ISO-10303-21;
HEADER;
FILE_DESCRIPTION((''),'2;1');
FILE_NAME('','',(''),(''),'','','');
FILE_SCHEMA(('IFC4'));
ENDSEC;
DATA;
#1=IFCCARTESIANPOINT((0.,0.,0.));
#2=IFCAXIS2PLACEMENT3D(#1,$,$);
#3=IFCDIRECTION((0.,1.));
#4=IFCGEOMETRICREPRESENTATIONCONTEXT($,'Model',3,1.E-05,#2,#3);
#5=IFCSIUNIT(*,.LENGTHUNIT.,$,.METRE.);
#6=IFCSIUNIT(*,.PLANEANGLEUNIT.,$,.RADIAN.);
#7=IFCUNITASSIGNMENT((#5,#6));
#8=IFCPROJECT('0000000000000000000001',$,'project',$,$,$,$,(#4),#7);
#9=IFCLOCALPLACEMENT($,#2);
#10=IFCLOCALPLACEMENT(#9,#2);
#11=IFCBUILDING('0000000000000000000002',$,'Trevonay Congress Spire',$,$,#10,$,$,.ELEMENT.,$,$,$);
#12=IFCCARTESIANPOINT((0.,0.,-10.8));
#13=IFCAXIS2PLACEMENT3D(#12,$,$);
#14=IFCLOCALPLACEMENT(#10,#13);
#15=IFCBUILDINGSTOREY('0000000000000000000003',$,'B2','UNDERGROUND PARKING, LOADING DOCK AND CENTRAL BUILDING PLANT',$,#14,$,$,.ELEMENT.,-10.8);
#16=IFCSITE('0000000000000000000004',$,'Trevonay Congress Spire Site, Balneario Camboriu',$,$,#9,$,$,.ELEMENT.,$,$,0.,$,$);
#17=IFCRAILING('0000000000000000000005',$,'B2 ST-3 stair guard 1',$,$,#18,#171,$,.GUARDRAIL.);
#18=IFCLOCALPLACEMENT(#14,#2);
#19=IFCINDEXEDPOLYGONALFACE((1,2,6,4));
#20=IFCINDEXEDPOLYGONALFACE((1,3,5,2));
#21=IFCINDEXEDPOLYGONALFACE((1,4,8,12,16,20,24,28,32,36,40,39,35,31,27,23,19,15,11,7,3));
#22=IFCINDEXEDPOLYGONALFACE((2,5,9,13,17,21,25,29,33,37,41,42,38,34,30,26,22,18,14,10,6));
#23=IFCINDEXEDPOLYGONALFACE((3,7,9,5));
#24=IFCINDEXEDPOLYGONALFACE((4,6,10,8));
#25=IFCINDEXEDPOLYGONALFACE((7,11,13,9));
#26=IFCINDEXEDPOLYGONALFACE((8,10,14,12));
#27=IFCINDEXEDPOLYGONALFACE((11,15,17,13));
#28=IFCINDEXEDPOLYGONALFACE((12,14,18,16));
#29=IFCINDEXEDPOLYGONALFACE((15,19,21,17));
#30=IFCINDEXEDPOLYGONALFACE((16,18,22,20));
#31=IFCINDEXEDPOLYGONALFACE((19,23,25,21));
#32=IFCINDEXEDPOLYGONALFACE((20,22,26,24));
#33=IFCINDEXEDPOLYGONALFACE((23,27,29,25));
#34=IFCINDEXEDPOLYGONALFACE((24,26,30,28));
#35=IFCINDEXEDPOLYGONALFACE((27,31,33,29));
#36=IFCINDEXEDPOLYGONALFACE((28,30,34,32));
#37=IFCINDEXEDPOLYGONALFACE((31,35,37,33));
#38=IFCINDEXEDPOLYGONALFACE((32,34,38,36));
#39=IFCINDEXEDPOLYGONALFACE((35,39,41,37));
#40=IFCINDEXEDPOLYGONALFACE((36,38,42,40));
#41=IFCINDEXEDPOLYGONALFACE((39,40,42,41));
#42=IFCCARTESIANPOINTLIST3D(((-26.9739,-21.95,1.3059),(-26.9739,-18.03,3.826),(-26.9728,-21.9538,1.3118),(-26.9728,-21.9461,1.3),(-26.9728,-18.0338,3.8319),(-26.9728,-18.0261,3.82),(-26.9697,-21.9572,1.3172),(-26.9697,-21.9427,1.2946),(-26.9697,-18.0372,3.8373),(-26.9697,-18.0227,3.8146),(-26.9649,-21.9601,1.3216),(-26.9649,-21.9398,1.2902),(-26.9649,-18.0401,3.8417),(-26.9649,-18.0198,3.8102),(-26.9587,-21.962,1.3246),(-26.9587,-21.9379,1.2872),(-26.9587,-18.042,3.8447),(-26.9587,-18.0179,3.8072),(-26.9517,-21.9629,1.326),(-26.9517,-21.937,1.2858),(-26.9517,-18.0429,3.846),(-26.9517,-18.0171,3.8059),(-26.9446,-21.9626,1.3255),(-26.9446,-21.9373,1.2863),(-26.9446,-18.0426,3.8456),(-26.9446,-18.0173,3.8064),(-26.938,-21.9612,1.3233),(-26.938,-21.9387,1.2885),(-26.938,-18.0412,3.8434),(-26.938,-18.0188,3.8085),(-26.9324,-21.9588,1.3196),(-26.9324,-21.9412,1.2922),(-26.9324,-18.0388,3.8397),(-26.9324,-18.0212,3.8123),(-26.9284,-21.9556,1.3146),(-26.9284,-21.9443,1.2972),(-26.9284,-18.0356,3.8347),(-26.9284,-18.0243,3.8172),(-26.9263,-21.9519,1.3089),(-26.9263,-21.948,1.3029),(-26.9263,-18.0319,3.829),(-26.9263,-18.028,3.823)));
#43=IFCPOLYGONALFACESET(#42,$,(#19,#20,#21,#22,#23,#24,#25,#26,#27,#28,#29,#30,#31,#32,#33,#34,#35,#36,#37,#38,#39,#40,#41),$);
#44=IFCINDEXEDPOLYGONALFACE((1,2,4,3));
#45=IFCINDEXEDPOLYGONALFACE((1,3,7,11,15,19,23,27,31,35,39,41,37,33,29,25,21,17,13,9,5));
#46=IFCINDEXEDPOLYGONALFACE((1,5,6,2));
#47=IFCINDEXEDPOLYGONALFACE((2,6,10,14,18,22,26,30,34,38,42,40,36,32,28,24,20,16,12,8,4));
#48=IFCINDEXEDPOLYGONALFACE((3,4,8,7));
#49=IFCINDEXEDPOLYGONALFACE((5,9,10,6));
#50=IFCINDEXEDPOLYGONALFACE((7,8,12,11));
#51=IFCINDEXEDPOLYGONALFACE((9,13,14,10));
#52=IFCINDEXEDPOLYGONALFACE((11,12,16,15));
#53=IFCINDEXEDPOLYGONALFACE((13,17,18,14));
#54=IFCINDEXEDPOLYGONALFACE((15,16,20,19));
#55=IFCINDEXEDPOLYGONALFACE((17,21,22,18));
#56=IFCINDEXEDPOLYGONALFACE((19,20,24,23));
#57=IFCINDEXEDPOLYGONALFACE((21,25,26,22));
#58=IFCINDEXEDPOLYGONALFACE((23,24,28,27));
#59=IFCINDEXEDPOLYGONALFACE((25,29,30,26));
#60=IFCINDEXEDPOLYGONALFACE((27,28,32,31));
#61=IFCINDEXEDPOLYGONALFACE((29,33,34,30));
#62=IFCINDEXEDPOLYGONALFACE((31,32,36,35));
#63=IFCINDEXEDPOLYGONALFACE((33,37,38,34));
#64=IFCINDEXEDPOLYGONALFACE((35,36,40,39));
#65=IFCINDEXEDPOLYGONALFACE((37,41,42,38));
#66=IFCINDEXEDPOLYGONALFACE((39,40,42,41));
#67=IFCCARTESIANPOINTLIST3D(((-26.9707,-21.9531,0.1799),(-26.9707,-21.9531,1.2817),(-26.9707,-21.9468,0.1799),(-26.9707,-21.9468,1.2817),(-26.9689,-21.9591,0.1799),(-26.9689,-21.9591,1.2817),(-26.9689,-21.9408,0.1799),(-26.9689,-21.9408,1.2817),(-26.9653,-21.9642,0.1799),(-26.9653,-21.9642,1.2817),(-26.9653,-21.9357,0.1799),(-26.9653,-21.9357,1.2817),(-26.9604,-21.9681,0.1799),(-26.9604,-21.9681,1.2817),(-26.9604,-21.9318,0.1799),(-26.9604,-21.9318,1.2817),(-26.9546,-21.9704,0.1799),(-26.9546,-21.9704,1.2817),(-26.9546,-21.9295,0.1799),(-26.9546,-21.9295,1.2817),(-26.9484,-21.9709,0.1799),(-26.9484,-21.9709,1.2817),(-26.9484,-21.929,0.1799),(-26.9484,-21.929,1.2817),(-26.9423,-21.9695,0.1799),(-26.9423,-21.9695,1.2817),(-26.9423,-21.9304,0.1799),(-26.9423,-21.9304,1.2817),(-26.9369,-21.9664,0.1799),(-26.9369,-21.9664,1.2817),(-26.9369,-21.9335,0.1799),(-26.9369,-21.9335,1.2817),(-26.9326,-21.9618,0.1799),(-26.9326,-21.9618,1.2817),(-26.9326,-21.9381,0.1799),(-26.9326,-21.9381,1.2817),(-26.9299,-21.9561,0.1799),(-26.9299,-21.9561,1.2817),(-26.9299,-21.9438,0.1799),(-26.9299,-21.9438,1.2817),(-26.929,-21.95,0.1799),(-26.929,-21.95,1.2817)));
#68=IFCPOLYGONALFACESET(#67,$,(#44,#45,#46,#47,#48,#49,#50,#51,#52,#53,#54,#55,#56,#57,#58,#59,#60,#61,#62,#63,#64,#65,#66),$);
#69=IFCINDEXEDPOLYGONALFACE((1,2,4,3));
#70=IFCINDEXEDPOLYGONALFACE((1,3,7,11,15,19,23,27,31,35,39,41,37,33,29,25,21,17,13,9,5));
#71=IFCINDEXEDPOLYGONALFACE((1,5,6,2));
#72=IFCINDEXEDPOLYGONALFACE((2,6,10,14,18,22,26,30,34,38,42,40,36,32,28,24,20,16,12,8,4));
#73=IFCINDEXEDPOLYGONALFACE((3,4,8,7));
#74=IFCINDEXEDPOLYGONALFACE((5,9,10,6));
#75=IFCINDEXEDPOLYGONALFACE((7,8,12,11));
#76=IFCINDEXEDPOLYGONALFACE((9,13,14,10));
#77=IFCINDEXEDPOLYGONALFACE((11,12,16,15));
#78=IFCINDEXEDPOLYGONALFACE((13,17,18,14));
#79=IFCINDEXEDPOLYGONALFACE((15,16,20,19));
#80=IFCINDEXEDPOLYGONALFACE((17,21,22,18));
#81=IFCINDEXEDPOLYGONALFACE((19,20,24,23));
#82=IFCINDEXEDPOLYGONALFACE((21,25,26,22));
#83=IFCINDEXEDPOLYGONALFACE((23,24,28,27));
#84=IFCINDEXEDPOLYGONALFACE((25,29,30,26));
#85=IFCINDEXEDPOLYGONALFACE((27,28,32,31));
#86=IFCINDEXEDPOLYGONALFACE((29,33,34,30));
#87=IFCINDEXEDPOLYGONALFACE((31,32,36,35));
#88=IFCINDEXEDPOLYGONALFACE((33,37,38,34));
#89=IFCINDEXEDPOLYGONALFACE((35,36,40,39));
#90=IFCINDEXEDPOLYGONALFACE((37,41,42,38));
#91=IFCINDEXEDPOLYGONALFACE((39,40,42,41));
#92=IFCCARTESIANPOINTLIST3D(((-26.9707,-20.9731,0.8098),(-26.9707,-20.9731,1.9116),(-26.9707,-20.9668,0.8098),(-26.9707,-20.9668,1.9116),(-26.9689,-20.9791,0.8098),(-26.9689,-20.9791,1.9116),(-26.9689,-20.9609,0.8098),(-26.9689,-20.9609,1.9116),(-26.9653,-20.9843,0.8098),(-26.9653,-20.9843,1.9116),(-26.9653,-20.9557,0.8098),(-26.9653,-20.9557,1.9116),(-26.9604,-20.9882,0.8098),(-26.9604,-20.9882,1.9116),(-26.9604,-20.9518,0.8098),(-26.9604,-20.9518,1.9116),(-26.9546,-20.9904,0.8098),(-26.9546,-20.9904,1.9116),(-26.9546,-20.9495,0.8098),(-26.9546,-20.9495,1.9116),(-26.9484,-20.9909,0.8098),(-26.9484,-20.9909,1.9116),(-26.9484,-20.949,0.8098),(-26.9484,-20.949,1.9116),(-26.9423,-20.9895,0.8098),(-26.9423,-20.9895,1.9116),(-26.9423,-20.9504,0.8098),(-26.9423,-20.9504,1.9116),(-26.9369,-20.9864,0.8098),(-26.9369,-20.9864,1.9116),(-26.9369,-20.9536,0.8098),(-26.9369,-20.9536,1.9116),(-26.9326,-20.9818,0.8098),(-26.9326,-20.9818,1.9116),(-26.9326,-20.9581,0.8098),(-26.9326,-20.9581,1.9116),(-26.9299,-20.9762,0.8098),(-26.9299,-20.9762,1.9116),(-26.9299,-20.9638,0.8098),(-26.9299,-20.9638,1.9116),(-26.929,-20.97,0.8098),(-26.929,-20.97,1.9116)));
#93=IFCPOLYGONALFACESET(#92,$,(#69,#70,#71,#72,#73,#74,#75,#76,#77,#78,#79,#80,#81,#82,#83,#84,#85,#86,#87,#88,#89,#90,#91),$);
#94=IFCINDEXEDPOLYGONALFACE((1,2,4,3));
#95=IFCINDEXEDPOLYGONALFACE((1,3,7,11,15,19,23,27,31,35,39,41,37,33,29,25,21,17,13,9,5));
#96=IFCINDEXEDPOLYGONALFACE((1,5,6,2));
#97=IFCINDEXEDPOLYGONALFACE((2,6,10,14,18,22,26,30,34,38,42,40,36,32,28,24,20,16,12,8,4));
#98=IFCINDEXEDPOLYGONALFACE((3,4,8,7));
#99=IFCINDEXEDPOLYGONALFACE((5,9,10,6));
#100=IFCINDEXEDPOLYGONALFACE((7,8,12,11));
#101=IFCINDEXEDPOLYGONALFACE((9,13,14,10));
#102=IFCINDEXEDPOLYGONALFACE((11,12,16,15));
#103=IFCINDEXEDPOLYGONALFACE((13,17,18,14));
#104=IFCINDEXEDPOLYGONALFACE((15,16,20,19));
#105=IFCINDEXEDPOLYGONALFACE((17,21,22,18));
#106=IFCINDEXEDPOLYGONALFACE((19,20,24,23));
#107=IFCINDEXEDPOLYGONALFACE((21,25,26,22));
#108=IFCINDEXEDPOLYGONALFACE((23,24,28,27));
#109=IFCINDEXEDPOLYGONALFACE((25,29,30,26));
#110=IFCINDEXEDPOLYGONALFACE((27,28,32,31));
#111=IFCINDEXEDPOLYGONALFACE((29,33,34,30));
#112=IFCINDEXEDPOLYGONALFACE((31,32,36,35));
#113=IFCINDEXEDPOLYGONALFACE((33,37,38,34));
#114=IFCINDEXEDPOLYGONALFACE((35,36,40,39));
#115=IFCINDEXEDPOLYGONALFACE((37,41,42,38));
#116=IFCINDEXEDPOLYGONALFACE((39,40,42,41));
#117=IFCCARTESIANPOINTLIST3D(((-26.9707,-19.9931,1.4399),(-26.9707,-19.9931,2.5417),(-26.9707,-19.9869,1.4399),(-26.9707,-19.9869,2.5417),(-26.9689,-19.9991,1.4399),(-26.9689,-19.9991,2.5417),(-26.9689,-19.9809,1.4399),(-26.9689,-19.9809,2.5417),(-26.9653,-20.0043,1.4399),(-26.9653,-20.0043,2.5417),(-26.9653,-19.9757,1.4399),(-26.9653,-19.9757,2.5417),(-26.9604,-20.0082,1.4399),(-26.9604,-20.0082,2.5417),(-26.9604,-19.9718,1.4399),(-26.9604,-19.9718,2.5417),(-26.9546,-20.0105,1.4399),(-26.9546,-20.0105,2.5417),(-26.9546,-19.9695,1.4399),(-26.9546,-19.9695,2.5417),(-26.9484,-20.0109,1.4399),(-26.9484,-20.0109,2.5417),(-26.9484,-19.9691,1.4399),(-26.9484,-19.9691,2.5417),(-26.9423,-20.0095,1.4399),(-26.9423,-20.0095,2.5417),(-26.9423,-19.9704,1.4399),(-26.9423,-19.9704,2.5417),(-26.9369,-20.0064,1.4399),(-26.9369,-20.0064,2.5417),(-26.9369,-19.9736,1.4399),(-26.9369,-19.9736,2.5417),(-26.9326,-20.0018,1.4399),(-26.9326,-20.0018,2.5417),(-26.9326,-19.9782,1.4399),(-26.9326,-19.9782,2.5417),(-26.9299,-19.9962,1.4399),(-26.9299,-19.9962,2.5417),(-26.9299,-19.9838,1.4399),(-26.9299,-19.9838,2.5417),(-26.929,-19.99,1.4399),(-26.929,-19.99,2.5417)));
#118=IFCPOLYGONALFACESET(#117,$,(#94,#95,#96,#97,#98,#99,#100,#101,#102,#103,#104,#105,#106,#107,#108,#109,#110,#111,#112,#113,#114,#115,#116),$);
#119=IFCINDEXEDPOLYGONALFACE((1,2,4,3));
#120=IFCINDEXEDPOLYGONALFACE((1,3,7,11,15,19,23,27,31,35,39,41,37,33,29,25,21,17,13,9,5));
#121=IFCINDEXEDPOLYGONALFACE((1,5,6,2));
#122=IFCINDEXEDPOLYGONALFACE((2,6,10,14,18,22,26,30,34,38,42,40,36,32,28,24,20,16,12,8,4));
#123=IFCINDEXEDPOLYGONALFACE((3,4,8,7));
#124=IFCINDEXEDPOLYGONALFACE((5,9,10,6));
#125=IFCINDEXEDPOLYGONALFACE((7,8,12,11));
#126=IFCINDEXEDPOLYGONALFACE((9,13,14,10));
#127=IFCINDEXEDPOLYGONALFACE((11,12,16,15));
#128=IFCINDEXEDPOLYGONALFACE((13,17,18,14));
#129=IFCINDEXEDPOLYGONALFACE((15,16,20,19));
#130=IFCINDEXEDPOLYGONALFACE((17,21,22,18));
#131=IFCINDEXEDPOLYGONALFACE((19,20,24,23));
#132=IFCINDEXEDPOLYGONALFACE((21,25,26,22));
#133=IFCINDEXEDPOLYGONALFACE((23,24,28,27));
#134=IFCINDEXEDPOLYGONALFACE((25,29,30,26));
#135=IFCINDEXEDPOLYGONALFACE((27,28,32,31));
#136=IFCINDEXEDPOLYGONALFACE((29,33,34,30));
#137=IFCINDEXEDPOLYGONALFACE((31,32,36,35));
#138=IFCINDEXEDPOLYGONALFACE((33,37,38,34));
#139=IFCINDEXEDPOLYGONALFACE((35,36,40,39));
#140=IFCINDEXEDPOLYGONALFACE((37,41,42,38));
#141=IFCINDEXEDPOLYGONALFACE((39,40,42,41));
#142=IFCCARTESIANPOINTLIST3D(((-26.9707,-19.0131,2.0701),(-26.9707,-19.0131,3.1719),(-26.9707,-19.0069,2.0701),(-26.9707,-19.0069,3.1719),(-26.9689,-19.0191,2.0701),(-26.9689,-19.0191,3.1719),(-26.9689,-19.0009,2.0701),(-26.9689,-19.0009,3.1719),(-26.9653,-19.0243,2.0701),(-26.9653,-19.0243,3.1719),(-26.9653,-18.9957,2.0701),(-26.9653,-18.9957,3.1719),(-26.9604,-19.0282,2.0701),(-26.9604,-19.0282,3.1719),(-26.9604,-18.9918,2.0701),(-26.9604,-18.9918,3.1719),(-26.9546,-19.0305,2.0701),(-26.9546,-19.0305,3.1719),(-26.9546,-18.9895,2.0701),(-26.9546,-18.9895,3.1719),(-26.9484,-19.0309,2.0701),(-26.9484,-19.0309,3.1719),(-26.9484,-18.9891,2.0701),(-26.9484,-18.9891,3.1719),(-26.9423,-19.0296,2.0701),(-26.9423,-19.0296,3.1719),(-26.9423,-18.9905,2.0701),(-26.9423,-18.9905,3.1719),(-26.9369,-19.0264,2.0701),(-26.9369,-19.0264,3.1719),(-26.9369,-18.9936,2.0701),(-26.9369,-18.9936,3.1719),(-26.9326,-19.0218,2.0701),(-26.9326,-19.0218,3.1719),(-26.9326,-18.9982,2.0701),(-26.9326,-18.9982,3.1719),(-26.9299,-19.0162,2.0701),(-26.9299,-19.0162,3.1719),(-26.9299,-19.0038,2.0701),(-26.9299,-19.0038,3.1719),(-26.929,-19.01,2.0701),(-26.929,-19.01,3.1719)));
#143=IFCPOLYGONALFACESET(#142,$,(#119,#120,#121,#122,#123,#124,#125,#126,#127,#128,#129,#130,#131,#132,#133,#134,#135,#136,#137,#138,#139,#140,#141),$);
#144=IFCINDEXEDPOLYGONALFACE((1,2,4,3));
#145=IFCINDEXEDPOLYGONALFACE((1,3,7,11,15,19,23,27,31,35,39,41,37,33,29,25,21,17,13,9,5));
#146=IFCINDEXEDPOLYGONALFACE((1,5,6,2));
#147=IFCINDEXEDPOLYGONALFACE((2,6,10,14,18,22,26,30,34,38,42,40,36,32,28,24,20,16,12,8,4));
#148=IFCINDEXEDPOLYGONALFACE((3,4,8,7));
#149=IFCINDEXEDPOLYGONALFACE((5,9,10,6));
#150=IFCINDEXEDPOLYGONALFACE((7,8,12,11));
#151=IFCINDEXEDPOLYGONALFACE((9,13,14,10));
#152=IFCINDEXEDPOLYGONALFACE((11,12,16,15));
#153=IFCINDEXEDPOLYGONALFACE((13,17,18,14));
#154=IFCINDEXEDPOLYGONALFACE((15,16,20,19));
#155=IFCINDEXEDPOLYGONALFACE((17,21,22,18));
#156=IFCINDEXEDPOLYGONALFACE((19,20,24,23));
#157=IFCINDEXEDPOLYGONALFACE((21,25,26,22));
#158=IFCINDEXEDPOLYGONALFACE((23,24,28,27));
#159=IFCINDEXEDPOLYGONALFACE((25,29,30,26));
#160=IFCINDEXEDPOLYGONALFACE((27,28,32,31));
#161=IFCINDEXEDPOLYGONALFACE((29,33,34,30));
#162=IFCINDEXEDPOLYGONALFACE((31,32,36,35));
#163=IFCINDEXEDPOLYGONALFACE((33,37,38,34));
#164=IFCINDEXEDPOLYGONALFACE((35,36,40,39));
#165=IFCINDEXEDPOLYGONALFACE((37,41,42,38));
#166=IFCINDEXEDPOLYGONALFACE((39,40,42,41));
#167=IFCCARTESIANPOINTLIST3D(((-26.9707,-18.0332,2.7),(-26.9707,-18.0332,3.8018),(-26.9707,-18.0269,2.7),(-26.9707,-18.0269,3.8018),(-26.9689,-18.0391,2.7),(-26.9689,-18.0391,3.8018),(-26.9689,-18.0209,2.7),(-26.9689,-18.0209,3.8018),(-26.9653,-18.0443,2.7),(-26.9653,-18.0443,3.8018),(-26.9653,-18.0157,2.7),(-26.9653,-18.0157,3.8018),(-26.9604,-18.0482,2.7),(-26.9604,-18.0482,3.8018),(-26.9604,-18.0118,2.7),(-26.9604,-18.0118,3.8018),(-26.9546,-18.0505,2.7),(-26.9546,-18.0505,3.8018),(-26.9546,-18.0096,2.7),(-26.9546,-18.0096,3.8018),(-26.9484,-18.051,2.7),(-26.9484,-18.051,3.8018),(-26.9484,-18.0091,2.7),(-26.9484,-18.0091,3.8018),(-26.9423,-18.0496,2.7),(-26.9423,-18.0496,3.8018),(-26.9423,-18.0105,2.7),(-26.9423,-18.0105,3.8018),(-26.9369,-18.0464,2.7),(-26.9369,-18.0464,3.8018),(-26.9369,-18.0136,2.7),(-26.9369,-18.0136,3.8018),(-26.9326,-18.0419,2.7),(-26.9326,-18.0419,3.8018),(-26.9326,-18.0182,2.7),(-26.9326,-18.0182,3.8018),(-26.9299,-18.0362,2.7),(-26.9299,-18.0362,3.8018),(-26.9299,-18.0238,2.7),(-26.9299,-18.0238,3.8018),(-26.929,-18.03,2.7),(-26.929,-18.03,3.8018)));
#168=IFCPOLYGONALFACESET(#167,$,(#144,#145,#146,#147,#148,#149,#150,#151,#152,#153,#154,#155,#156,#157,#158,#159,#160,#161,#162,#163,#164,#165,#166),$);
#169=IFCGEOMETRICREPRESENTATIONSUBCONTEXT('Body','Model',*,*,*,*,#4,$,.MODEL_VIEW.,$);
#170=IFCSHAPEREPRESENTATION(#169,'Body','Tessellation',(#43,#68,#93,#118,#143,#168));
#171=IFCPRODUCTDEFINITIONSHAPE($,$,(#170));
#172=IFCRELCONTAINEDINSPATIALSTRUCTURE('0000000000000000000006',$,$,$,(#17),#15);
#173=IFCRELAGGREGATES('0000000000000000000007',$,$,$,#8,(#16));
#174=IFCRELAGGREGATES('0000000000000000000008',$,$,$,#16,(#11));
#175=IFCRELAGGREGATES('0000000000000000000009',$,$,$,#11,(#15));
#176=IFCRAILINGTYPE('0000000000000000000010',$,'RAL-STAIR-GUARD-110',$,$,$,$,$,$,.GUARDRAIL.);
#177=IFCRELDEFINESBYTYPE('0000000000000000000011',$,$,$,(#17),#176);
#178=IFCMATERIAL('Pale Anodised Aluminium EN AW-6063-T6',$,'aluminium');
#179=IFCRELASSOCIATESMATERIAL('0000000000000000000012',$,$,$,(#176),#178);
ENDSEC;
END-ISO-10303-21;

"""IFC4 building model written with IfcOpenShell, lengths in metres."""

from ifc_helpers import new_model, si_unit, direction, frame, origin, origin_2d, place, context, subcontext, project, spatial, circle, extrude, material, type_object, element, save


model = new_model("IFC4")

# Units and contexts
model_context = context("Model", 3, precision=1e-05, world=origin(), true_north=direction((0.0, 1.0)))
body_context = subcontext(model_context, "Body", "Model", "MODEL_VIEW")
ifc_project = project(units=[si_unit("LENGTHUNIT", "METRE"), si_unit("PLANEANGLEUNIT", "RADIAN")], contexts=[model_context])

# Site, building, storey
site_placement = place(None, origin())
site = spatial("IfcSite", under=ifc_project, at=site_placement, Name="Trevonay Congress Spire Site, Balneario Camboriu", CompositionType="ELEMENT", RefElevation=0.0)
building_placement = place(site_placement, origin())
building = spatial("IfcBuilding", under=site, at=building_placement, Name="Trevonay Congress Spire", CompositionType="ELEMENT")
storey_placement = place(building_placement, frame((0.0, 0.0, -10.8)))
storey = spatial("IfcBuildingStorey", under=building, at=storey_placement, Name="B2", Description="UNDERGROUND PARKING, LOADING DOCK AND CENTRAL BUILDING PLANT", CompositionType="ELEMENT", Elevation=-10.8)

# Railing
ifc_material_1 = material(Name="Pale Anodised Aluminium EN AW-6063-T6", Category="aluminium")
railing_type_1 = type_object("IfcRailingType", Name="RAL-STAIR-GUARD-110", PredefinedType="GUARDRAIL", material=ifc_material_1)
railing_1_placement = place(storey_placement, frame((-26.95, -21.95, 0.1799)))
element("IfcRailing", 1, at=railing_1_placement, inside=storey, type_object=railing_type_1, Name="B2 ST-3 stair guard 1", PredefinedType="GUARDRAIL", context=body_context, shape_type="SweptSolid", body=[
    extrude(circle(Radius=0.0239, at=origin_2d()), frame((0.0, 0.0, 1.126), z_axis=(0.0, 0.841172, 0.540768), x_axis=(-1.0, 0.0, 0.0)), (0.0, 0.0, 1.0), 4.6602),
    extrude(circle(Radius=0.021, at=origin_2d()), origin(), (0.0, 0.0, 1.0), 1.1018),
    extrude(circle(Radius=0.021, at=origin_2d()), frame((0.0, 0.98, 0.6299)), (0.0, 0.0, 1.0), 1.1018),
    extrude(circle(Radius=0.021, at=origin_2d()), frame((0.0, 1.96, 1.26)), (0.0, 0.0, 1.0), 1.1018),
    extrude(circle(Radius=0.021, at=origin_2d()), frame((0.0, 2.9399, 1.8901)), (0.0, 0.0, 1.0), 1.1018),
    extrude(circle(Radius=0.021, at=origin_2d()), frame((0.0, 3.9199, 2.52)), (0.0, 0.0, 1.0), 1.1018),
])

save(model, "model.ifc")
